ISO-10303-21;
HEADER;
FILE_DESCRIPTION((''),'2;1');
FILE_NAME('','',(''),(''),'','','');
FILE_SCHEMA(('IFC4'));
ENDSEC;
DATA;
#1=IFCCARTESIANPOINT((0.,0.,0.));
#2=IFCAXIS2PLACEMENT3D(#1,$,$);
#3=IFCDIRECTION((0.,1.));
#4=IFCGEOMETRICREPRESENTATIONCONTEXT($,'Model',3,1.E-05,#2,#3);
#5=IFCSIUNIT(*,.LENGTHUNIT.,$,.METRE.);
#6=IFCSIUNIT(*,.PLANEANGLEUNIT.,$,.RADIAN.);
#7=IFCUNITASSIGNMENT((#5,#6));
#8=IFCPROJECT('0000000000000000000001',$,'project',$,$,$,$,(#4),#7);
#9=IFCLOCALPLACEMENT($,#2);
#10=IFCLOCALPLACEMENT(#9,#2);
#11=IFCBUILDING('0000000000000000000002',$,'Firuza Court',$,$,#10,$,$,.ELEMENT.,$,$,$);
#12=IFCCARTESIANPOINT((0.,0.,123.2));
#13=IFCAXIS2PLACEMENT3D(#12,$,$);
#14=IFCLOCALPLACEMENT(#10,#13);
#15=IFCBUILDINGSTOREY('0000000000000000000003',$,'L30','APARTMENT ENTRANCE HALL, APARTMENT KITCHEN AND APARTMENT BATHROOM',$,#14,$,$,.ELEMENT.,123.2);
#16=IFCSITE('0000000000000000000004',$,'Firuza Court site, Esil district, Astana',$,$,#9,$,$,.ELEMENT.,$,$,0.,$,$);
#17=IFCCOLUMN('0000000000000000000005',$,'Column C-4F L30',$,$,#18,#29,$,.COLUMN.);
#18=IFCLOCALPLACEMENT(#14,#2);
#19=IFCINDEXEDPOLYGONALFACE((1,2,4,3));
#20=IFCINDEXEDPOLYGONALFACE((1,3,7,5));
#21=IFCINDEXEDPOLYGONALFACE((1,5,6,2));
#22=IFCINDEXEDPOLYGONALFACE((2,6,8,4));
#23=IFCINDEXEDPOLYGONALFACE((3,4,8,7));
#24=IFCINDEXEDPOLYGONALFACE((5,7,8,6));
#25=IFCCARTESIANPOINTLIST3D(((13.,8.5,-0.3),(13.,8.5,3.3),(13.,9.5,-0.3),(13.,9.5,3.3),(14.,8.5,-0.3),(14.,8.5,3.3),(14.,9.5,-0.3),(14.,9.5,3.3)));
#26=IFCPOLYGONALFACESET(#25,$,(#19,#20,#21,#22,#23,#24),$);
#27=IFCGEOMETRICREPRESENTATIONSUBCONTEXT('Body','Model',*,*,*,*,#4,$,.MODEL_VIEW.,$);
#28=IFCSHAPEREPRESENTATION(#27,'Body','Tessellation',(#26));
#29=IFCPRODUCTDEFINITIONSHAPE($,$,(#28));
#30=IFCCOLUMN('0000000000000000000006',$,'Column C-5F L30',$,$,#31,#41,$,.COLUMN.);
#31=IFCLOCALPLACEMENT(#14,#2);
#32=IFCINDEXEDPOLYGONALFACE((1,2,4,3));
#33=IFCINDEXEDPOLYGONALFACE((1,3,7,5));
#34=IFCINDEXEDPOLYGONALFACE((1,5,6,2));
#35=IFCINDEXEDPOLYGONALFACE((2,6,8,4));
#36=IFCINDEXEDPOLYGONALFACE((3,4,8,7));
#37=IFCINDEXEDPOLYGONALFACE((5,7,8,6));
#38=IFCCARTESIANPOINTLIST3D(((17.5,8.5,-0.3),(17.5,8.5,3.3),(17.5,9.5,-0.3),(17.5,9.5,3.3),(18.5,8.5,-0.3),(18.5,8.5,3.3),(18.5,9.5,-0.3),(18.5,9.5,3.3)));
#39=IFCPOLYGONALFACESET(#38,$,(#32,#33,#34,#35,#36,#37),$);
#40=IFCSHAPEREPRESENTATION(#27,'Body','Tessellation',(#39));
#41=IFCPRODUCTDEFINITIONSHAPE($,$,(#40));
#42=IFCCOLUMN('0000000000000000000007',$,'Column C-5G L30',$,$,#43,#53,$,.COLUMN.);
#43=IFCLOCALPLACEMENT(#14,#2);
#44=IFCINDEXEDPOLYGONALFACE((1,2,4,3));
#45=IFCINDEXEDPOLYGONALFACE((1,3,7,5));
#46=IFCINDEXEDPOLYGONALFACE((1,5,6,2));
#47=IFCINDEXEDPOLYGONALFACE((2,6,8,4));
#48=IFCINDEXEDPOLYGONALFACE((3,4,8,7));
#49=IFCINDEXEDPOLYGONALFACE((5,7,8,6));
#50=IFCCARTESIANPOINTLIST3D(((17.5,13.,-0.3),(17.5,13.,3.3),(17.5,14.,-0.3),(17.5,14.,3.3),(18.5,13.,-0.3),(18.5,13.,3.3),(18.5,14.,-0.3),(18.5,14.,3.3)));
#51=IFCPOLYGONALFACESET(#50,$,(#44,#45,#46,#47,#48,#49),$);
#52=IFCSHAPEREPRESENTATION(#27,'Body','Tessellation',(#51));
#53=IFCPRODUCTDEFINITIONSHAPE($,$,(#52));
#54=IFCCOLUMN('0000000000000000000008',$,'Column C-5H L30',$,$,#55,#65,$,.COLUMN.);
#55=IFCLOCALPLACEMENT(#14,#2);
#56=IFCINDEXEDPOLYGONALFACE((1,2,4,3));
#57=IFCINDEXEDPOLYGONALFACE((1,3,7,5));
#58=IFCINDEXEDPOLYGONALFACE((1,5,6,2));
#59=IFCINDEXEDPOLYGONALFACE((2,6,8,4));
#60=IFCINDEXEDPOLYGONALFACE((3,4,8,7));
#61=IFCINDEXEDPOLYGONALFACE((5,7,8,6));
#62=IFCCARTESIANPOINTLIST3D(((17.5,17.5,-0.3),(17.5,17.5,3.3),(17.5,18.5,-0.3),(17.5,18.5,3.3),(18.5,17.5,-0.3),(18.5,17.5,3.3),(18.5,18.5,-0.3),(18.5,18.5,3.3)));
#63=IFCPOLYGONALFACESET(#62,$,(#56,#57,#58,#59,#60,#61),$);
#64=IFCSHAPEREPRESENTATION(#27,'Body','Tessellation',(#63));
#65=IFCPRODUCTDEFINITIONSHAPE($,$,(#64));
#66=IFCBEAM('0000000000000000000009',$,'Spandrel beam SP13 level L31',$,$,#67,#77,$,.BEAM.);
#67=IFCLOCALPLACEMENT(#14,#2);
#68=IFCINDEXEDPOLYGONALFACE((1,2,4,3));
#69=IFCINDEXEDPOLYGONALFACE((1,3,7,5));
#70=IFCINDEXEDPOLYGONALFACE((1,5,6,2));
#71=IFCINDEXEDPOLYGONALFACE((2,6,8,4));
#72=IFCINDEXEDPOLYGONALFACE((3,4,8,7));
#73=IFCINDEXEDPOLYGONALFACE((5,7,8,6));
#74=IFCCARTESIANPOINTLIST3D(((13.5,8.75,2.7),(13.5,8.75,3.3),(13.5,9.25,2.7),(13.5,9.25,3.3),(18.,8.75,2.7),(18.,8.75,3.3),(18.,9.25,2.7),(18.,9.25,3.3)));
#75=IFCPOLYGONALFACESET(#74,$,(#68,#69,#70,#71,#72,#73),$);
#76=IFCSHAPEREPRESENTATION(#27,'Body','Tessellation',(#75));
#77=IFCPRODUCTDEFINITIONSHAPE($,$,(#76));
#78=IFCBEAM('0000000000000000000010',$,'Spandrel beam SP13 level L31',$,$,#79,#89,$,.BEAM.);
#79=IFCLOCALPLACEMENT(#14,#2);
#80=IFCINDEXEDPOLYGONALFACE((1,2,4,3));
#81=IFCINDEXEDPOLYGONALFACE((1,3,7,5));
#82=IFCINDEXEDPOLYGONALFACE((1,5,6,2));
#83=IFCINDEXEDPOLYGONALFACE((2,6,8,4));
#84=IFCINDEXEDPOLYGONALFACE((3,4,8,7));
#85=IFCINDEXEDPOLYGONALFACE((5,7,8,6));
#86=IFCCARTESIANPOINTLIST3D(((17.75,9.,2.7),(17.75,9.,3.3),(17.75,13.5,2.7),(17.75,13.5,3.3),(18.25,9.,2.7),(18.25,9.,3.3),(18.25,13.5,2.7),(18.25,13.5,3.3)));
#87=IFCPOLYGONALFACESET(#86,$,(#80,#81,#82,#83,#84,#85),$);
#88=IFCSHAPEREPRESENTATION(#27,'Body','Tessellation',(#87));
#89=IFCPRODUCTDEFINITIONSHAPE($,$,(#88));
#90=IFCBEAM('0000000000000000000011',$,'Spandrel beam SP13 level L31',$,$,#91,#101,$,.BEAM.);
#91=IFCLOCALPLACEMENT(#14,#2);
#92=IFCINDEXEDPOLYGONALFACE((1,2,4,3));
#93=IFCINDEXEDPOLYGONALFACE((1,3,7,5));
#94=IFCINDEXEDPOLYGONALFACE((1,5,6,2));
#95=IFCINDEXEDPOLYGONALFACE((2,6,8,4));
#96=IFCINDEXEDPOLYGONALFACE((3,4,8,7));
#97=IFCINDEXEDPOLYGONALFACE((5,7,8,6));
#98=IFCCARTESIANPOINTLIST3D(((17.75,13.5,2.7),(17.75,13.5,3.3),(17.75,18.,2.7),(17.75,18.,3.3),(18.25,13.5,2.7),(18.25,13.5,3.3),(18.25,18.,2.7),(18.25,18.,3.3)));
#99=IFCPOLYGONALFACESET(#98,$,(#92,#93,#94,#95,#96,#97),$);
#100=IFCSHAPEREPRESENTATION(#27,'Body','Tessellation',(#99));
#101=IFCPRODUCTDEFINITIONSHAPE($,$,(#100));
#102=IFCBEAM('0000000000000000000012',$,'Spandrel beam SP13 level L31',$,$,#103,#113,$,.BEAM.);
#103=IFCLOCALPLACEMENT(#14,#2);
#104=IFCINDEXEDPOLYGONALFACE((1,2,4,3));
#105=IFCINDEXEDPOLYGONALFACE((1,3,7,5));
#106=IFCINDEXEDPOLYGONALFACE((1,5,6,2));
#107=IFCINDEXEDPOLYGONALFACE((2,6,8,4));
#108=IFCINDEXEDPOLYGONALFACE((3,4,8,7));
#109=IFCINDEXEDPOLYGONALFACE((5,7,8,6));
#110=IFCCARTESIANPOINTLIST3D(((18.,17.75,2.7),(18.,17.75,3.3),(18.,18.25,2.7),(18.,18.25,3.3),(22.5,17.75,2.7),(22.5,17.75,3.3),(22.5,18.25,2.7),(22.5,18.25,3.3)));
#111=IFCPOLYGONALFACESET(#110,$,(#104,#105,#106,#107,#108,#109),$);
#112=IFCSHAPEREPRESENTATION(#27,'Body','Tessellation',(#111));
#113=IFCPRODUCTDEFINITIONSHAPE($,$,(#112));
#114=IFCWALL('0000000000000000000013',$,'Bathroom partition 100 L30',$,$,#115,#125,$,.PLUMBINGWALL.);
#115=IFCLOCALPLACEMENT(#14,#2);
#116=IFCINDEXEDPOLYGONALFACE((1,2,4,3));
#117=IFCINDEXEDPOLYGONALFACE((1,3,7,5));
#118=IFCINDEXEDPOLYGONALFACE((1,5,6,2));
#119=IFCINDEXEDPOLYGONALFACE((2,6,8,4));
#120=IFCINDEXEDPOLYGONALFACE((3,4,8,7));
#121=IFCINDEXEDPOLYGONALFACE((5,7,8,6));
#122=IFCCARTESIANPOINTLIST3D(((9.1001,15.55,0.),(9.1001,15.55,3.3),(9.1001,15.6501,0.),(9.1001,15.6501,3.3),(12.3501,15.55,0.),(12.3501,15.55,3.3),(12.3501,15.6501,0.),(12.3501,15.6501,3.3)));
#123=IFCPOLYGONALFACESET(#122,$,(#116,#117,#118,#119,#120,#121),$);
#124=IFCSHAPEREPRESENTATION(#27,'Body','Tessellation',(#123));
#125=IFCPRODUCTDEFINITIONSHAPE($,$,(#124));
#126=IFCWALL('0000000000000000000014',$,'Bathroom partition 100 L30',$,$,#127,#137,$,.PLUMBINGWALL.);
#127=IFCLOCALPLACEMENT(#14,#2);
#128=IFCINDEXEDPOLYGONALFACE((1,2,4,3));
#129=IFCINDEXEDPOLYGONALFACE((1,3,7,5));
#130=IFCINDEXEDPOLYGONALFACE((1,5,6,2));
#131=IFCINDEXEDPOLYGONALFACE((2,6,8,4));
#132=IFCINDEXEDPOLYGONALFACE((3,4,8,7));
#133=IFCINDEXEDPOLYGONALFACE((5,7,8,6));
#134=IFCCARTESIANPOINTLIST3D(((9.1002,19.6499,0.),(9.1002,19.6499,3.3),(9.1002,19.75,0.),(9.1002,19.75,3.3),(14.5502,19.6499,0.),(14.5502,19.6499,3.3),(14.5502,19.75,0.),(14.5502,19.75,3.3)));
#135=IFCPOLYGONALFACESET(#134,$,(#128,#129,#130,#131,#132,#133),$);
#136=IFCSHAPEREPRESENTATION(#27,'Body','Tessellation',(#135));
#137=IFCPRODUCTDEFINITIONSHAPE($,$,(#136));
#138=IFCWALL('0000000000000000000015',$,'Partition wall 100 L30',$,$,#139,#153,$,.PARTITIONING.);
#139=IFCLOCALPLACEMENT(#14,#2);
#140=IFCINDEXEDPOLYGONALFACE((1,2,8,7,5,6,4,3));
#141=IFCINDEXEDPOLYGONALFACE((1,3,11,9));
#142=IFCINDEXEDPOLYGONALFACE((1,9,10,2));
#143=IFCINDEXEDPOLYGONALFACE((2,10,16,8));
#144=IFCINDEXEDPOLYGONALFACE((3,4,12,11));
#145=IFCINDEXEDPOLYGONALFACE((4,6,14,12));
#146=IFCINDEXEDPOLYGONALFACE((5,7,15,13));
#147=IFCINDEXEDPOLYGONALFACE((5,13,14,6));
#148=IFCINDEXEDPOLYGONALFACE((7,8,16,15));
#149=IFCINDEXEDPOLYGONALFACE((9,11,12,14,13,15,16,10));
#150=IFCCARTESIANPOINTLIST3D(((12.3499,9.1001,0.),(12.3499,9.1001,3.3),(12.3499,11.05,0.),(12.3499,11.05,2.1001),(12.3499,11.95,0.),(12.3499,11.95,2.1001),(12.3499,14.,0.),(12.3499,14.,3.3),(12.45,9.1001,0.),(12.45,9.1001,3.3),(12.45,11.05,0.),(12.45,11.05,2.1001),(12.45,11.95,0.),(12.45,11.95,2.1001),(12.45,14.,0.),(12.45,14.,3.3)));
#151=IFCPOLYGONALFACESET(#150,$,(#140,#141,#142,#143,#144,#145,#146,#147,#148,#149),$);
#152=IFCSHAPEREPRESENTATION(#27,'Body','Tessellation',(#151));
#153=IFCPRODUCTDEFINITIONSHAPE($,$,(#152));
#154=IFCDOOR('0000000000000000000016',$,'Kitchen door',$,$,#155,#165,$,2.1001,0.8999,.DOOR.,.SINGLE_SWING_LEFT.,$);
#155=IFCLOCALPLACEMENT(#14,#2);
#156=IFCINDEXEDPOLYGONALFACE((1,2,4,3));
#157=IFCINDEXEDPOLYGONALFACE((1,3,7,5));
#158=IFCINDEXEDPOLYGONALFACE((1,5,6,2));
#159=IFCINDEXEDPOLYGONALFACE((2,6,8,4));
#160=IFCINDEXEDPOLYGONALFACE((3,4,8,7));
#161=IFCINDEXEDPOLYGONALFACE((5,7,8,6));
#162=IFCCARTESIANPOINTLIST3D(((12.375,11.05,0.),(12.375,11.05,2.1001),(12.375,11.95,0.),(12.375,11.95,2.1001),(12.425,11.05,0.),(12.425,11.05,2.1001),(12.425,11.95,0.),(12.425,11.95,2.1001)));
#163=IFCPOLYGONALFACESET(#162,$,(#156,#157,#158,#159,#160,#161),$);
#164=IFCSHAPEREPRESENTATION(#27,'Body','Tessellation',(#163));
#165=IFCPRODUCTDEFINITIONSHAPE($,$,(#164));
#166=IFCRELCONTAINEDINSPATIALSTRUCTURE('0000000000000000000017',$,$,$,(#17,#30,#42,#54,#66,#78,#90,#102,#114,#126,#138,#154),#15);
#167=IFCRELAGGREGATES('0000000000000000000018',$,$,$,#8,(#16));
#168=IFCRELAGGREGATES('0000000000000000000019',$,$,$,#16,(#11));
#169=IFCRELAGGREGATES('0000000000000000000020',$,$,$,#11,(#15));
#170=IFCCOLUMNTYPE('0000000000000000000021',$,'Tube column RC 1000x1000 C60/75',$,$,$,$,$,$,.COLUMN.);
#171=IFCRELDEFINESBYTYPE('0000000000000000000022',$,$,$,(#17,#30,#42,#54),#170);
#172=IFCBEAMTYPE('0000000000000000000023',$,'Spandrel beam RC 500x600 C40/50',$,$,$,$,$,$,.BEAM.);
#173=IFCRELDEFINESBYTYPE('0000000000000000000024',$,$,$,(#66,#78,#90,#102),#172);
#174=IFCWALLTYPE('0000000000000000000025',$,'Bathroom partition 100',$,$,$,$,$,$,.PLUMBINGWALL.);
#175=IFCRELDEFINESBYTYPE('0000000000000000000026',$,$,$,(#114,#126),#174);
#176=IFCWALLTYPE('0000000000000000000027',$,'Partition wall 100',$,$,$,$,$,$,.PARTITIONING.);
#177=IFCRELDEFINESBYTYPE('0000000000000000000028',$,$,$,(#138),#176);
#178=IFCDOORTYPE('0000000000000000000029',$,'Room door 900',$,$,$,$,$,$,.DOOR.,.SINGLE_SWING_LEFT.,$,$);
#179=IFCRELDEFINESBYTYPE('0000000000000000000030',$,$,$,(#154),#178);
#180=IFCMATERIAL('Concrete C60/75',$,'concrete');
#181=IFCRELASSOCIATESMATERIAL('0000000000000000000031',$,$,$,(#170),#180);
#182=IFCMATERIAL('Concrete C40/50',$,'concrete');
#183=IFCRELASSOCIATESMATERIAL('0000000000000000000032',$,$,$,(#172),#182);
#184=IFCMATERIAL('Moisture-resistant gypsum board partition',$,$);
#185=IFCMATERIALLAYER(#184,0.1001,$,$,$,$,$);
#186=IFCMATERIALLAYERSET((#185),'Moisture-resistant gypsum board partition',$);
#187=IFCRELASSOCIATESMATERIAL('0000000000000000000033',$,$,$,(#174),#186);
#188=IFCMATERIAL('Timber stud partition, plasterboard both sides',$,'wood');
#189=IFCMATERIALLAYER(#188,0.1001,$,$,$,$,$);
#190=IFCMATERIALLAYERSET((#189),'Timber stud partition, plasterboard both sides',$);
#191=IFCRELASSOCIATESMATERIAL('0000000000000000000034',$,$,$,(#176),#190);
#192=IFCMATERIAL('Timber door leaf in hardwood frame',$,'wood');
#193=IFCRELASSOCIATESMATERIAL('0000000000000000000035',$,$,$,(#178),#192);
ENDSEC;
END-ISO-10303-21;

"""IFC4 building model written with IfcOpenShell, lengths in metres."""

from ifc_helpers import new_model, si_unit, direction, frame, frame_2d, origin, origin_2d, place, context, subcontext, project, spatial, rectangle, extrude, material, layer, layer_set, material_profile, profile_set, type_object, element, fill, save


model = new_model("IFC4")

# Units and contexts
model_context = context("Model", 3, precision=1e-05, world=origin(), true_north=direction((0.0, 1.0)))
body_context = subcontext(model_context, "Body", "Model", "MODEL_VIEW")
ifc_project = project(units=[si_unit("LENGTHUNIT", "METRE"), si_unit("PLANEANGLEUNIT", "RADIAN")], contexts=[model_context])

# Site, building, storey
site_placement = place(None, origin())
site = spatial("IfcSite", under=ifc_project, at=site_placement, Name="Firuza Court site, Esil district, Astana", CompositionType="ELEMENT", RefElevation=0.0)
building_placement = place(site_placement, origin())
building = spatial("IfcBuilding", under=site, at=building_placement, Name="Firuza Court", CompositionType="ELEMENT")
storey_placement = place(building_placement, frame((0.0, 0.0, 123.2)))
storey = spatial("IfcBuildingStorey", under=building, at=storey_placement, Name="L30", Description="APARTMENT ENTRANCE HALL, APARTMENT KITCHEN AND APARTMENT BATHROOM", CompositionType="ELEMENT", Elevation=123.2)

# Columns
ifc_material_1 = material(Name="Concrete C60/75", Category="concrete")
ifc_material_profile_1 = material_profile(ifc_material_1, rectangle(XDim=1.0, YDim=1.0, at=origin_2d()), Name="RC 1000x1000")
ifc_profile_set_1 = profile_set([ifc_material_profile_1], Name="Concrete C60/75")
column_type = type_object("IfcColumnType", Name="Tube column RC 1000x1000 C60/75", PredefinedType="COLUMN", material=ifc_profile_set_1)
for number, where, z_axis, x_axis, name in (
    (1, (13.5, 9.0, -0.3), (0.0, 0.0, 1.0), (1.0, 0.0, 0.0), "Column C-4F L30"),
    (2, (18.0, 9.0, -0.3), (0.0, 0.0, 1.0), (1.0, 0.0, 0.0), "Column C-5F L30"),
    (3, (18.0, 13.5, -0.3), (0.0, 0.0, 1.0), (1.0, 0.0, 0.0), "Column C-5G L30"),
    (4, (18.0, 18.0, -0.3), (0.0, 0.0, 1.0), (1.0, 0.0, 0.0), "Column C-5H L30"),
):
    element("IfcColumn", number, at=place(storey_placement, frame(where, z_axis=z_axis, x_axis=x_axis)), inside=storey, type_object=column_type, Name=name, PredefinedType="COLUMN", context=body_context, shape_type="SweptSolid", body=[
        extrude(rectangle(XDim=1.0, YDim=1.0, at=origin_2d()), origin(), (0.0, 0.0, 1.0), 3.6001),
    ])

# Beams
ifc_material_2 = material(Name="Concrete C40/50", Category="concrete")
ifc_material_profile_2 = material_profile(ifc_material_2, rectangle(XDim=0.5, YDim=0.6001, at=origin_2d()), Name="RC 500x600")
ifc_profile_set_2 = profile_set([ifc_material_profile_2], Name="Concrete C40/50")
beam_type = type_object("IfcBeamType", Name="Spandrel beam RC 500x600 C40/50", PredefinedType="BEAM", material=ifc_profile_set_2)
for number, where, z_axis, x_axis, name in (
    (5, (13.5, 9.0, 3.0), (1.0, 0.0, 0.0), (0.0, 1.0, 0.0), "Spandrel beam SP13 level L31"),
    (6, (18.0, 9.0, 3.0), (0.0, 1.0, 0.0), (-1.0, 0.0, 0.0), "Spandrel beam SP13 level L31"),
    (7, (18.0, 13.5, 3.0), (0.0, 1.0, 0.0), (-1.0, 0.0, 0.0), "Spandrel beam SP13 level L31"),
    (8, (18.0, 18.0, 3.0), (1.0, 0.0, 0.0), (0.0, 1.0, 0.0), "Spandrel beam SP13 level L31"),
):
    element("IfcBeam", number, at=place(storey_placement, frame(where, z_axis=z_axis, x_axis=x_axis)), inside=storey, type_object=beam_type, Name=name, PredefinedType="BEAM", context=body_context, shape_type="SweptSolid", body=[
        extrude(rectangle(XDim=0.5, YDim=0.6001, at=origin_2d()), origin(), (0.0, 0.0, 1.0), 4.5),
    ])

# Walls
ifc_material_3 = material(Name="Moisture-resistant gypsum board partition")
ifc_layer_1 = layer(ifc_material_3, 0.1001)
ifc_layer_set_1 = layer_set([ifc_layer_1], Name="Moisture-resistant gypsum board partition")
wall_type_1 = type_object("IfcWallType", Name="Bathroom partition 100", PredefinedType="PLUMBINGWALL", material=ifc_layer_set_1)
wall_1_placement = place(storey_placement, frame((9.1001, 15.6001, 0.0), z_axis=(0.0, 0.0, 1.0), x_axis=(1.0, 0.0, 0.0)))
element("IfcWall", 9, at=wall_1_placement, inside=storey, type_object=wall_type_1, Name="Bathroom partition 100 L30", PredefinedType="PLUMBINGWALL", context=body_context, shape_type="SweptSolid", body=[
    extrude(rectangle(XDim=3.25, YDim=0.1001, at=frame_2d((1.625, 0.0))), origin(), (0.0, 0.0, 1.0), 3.3),
])
wall_2_placement = place(storey_placement, frame((9.1001, 19.7, 0.0), z_axis=(0.0, 0.0, 1.0), x_axis=(1.0, 0.0, 0.0)))
element("IfcWall", 10, at=wall_2_placement, inside=storey, type_object=wall_type_1, Name="Bathroom partition 100 L30", PredefinedType="PLUMBINGWALL", context=body_context, shape_type="SweptSolid", body=[
    extrude(rectangle(XDim=5.45, YDim=0.1001, at=frame_2d((2.7251, 0.0))), origin(), (0.0, 0.0, 1.0), 3.3),
])

# Wall, opening, door
ifc_material_4 = material(Name="Timber stud partition, plasterboard both sides", Category="wood")
ifc_layer_2 = layer(ifc_material_4, 0.1001)
ifc_layer_set_2 = layer_set([ifc_layer_2], Name="Timber stud partition, plasterboard both sides")
wall_type_2 = type_object("IfcWallType", Name="Partition wall 100", PredefinedType="PARTITIONING", material=ifc_layer_set_2)
wall_3_placement = place(storey_placement, frame((12.3999, 9.1001, 0.0), z_axis=(0.0, 0.0, 1.0), x_axis=(0.0, 1.0, 0.0)))
wall_3 = element("IfcWall", 11, at=wall_3_placement, inside=storey, type_object=wall_type_2, Name="Partition wall 100 L30", PredefinedType="PARTITIONING", context=body_context, shape_type="SweptSolid", body=[
    extrude(rectangle(XDim=4.8999, YDim=0.1001, at=frame_2d((2.45, 0.0))), origin(), (0.0, 0.0, 1.0), 3.3),
])
opening_1_placement = place(wall_3_placement, frame((1.95, 0.0, 0.0)))
opening_1 = element("IfcOpeningElement", 12, at=opening_1_placement, cuts=wall_3, PredefinedType="OPENING", context=body_context, shape_type="SweptSolid", body=[
    extrude(rectangle(XDim=0.8999, YDim=2.1001, at=frame_2d((0.45, 1.05))), frame((0.0, 0.062, 0.0), z_axis=(0.0, -1.0, 0.0), x_axis=(1.0, 0.0, 0.0)), (0.0, 0.0, 1.0), 0.124),
])
ifc_material_5 = material(Name="Timber door leaf in hardwood frame", Category="wood")
door_type_1 = type_object("IfcDoorType", Name="Room door 900", OperationType="SINGLE_SWING_LEFT", PredefinedType="DOOR", material=ifc_material_5)
door_1_placement = place(opening_1_placement, origin())
door_1 = element("IfcDoor", 13, at=door_1_placement, inside=storey, type_object=door_type_1, Name="Kitchen door", OperationType="SINGLE_SWING_LEFT", OverallHeight=2.1001, OverallWidth=0.8999, PredefinedType="DOOR", context=body_context, shape_type="SweptSolid", body=[
    extrude(rectangle(XDim=0.8999, YDim=2.1001, at=frame_2d((0.45, 1.05))), frame((0.0, 0.0249, 0.0), z_axis=(0.0, -1.0, 0.0), x_axis=(1.0, 0.0, 0.0)), (0.0, 0.0, 1.0), 0.05),
])
fill(opening_1, door_1)

save(model, "model.ifc")
